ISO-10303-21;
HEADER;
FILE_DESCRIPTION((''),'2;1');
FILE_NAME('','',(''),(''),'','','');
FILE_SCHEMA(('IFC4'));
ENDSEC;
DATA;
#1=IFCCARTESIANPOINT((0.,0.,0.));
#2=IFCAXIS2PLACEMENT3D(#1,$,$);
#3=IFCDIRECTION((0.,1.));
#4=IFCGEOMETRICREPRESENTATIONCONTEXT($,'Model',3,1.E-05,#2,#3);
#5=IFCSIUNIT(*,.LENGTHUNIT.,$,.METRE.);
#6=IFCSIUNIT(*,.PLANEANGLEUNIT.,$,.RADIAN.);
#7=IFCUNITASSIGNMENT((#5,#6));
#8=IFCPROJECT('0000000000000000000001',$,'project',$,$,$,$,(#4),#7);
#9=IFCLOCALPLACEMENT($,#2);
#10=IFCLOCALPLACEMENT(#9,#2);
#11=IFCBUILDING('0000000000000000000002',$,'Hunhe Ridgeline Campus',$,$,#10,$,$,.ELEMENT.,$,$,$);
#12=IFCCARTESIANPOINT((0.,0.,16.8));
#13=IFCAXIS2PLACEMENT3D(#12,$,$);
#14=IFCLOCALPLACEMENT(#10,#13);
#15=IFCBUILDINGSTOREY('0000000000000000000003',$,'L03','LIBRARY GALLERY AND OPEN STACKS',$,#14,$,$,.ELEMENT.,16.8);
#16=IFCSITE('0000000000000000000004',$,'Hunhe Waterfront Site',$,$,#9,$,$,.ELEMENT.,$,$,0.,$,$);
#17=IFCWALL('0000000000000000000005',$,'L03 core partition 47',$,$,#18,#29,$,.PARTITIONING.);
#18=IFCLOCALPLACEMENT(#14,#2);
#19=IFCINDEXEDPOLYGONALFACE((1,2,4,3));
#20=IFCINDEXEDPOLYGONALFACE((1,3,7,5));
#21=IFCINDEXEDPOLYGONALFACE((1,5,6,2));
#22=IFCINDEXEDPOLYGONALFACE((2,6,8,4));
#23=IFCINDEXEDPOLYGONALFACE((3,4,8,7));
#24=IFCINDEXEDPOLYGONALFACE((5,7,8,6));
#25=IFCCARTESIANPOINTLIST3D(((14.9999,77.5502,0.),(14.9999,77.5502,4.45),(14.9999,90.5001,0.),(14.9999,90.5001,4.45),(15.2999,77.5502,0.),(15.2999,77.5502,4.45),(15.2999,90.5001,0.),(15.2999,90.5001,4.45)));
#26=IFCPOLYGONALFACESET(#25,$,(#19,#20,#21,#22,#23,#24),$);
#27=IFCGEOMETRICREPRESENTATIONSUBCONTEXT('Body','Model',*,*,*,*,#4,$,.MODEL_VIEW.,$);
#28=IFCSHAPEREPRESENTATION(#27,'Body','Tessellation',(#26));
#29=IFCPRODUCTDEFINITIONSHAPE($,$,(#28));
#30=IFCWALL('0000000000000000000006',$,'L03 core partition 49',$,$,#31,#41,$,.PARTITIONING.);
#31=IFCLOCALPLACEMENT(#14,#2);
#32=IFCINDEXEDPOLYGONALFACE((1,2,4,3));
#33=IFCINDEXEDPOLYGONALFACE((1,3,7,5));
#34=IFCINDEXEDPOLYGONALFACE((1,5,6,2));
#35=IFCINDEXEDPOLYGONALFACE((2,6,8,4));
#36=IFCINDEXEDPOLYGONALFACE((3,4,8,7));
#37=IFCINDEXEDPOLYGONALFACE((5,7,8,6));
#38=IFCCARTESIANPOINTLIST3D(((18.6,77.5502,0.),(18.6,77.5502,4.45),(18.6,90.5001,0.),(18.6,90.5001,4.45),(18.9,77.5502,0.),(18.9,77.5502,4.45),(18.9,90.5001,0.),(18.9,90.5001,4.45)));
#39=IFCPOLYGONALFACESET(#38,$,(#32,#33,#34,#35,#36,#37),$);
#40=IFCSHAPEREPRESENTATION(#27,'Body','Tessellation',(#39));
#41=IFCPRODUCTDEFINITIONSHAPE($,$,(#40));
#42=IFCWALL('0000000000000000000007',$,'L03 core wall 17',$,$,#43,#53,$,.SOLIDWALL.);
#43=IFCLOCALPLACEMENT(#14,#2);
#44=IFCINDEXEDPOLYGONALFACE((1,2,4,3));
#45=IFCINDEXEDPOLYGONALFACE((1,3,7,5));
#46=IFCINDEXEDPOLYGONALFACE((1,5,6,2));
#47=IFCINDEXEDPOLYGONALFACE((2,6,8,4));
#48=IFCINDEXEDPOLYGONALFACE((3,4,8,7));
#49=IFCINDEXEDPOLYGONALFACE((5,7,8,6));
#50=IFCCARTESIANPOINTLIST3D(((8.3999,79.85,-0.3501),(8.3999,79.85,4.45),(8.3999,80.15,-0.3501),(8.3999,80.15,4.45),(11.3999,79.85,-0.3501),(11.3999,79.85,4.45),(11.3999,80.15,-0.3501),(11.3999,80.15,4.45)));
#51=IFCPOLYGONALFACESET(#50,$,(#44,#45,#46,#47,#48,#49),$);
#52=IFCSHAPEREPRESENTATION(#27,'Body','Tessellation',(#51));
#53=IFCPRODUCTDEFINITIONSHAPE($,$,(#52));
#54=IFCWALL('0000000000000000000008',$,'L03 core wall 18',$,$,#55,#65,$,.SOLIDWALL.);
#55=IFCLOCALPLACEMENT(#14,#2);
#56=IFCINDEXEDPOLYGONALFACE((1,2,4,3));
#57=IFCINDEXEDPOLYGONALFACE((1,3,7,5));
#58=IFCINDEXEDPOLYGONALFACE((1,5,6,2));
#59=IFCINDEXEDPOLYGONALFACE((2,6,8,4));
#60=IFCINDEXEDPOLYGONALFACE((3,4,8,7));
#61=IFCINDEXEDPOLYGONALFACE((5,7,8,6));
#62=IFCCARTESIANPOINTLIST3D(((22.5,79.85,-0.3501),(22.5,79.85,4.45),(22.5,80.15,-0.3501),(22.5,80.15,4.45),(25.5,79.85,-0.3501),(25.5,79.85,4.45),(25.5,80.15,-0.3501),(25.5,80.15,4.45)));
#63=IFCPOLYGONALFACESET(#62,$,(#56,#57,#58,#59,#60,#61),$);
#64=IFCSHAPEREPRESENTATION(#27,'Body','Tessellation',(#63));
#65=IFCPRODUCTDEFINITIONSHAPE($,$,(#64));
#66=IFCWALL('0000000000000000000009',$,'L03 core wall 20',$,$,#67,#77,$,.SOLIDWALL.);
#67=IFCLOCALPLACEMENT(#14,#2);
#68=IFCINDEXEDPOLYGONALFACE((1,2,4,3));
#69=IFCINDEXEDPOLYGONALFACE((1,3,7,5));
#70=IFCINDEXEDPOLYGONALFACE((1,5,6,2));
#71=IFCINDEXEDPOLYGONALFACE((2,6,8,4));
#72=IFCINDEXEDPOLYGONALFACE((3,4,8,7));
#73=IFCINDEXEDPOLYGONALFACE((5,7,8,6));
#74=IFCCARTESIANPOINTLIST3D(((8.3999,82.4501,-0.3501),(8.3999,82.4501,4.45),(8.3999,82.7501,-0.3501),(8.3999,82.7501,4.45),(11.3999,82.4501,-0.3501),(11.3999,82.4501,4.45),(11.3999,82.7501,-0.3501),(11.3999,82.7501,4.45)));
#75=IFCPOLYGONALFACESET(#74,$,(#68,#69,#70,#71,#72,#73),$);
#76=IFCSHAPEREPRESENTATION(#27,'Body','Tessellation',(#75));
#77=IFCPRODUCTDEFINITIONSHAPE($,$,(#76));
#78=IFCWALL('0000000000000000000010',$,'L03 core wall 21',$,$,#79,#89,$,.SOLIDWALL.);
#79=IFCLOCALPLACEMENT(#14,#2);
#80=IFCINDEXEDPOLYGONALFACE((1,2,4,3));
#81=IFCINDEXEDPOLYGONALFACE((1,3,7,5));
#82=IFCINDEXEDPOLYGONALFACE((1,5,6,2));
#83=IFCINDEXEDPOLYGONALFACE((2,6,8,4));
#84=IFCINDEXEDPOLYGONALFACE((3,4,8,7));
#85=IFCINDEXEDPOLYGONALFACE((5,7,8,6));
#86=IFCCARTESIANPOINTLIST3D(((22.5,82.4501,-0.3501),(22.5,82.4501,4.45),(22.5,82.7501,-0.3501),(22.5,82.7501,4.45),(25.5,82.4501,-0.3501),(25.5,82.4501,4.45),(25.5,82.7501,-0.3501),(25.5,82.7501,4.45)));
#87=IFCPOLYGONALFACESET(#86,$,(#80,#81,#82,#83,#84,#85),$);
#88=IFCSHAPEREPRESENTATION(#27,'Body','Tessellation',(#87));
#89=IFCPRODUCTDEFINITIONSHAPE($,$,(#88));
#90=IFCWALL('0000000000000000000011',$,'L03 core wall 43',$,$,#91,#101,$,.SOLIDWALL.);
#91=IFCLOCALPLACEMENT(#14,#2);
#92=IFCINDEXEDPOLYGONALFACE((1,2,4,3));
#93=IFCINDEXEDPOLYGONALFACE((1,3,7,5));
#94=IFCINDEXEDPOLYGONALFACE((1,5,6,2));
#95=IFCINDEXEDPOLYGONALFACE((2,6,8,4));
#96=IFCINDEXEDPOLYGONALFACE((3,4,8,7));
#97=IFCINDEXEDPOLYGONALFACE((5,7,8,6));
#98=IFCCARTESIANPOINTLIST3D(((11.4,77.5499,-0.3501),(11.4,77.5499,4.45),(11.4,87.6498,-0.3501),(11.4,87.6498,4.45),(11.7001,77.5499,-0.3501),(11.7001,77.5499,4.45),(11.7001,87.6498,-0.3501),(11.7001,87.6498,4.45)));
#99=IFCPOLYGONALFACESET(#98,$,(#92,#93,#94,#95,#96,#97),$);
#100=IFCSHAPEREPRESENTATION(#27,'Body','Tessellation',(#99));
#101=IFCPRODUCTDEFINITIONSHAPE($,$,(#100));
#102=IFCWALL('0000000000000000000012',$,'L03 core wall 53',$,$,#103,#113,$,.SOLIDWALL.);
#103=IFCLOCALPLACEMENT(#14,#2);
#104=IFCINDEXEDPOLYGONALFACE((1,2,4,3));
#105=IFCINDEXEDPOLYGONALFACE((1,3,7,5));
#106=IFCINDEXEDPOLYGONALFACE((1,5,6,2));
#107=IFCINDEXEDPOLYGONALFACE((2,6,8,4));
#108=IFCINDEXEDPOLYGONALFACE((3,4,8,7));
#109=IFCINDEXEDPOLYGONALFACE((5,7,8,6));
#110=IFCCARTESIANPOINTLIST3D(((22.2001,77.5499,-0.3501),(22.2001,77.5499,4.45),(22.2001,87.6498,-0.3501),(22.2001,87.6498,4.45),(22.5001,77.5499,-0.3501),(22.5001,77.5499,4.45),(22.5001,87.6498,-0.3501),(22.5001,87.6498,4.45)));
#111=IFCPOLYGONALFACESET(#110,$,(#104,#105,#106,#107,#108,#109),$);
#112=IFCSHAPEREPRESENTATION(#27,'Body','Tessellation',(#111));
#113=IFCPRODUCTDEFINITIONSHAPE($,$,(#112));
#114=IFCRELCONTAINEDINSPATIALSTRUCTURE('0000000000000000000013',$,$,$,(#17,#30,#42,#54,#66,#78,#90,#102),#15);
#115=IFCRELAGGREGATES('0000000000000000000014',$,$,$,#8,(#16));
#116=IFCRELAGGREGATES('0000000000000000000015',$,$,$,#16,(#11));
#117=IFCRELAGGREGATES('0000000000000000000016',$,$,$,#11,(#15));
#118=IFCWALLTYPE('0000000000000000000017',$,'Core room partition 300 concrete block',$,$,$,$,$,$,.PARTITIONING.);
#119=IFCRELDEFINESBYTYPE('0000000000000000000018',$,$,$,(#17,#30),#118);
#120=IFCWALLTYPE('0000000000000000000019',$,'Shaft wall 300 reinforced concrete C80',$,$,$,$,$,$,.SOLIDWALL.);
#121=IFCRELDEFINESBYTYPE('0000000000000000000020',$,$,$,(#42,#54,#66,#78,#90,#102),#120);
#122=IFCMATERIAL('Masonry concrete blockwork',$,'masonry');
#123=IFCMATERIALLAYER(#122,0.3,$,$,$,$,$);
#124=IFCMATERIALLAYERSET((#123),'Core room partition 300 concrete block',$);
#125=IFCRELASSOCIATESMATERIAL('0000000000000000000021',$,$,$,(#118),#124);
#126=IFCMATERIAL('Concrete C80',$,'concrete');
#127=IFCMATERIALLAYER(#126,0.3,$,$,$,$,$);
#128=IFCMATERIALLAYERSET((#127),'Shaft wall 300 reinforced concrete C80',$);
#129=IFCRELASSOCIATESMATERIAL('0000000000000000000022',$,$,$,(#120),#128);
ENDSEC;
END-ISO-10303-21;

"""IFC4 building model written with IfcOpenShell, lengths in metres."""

from ifc_helpers import new_model, si_unit, direction, frame, frame_2d, origin, place, context, subcontext, project, spatial, rectangle, extrude, material, layer, layer_set, type_object, element, save


model = new_model("IFC4")

# Units and contexts
model_context = context("Model", 3, precision=1e-05, world=origin(), true_north=direction((0.0, 1.0)))
body_context = subcontext(model_context, "Body", "Model", "MODEL_VIEW")
ifc_project = project(units=[si_unit("LENGTHUNIT", "METRE"), si_unit("PLANEANGLEUNIT", "RADIAN")], contexts=[model_context])

# Site, building, storey
site_placement = place(None, origin())
site = spatial("IfcSite", under=ifc_project, at=site_placement, Name="Hunhe Waterfront Site", CompositionType="ELEMENT", RefElevation=0.0)
building_placement = place(site_placement, origin())
building = spatial("IfcBuilding", under=site, at=building_placement, Name="Hunhe Ridgeline Campus", CompositionType="ELEMENT")
storey_placement = place(building_placement, frame((0.0, 0.0, 16.8)))
storey = spatial("IfcBuildingStorey", under=building, at=storey_placement, Name="L03", Description="LIBRARY GALLERY AND OPEN STACKS", CompositionType="ELEMENT", Elevation=16.8)

# Shared definitions
ifc_material_1 = material(Name="Masonry concrete blockwork", Category="masonry")
ifc_layer_1 = layer(ifc_material_1, 0.3)
ifc_layer_set_1 = layer_set([ifc_layer_1], Name="Core room partition 300 concrete block")
wall_type_1 = type_object("IfcWallType", Name="Core room partition 300 concrete block", PredefinedType="PARTITIONING", material=ifc_layer_set_1)

# Walls
for number, where, z_axis, x_axis, name in (
    (1, (15.1499, 77.55, 0.0), (0.0, 0.0, 1.0), (0.0, 1.0, 0.0), "L03 core partition 47"),
    (2, (18.75, 77.55, 0.0), (0.0, 0.0, 1.0), (0.0, 1.0, 0.0), "L03 core partition 49"),
):
    element("IfcWall", number, at=place(storey_placement, frame(where, z_axis=z_axis, x_axis=x_axis)), inside=storey, type_object=wall_type_1, Name=name, PredefinedType="PARTITIONING", context=body_context, shape_type="SweptSolid", body=[
        extrude(rectangle(XDim=12.95, YDim=0.3, at=frame_2d((6.4751, 0.0))), origin(), (0.0, 0.0, 1.0), 4.45),
    ])
ifc_material_2 = material(Name="Concrete C80", Category="concrete")
ifc_layer_2 = layer(ifc_material_2, 0.3)
ifc_layer_set_2 = layer_set([ifc_layer_2], Name="Shaft wall 300 reinforced concrete C80")
wall_type_2 = type_object("IfcWallType", Name="Shaft wall 300 reinforced concrete C80", PredefinedType="SOLIDWALL", material=ifc_layer_set_2)
for number, where, z_axis, x_axis, name in (
    (3, (8.3999, 80.0, -0.3501), (0.0, 0.0, 1.0), (1.0, 0.0, 0.0), "L03 core wall 17"),
    (4, (22.5, 80.0, -0.3501), (0.0, 0.0, 1.0), (1.0, 0.0, 0.0), "L03 core wall 18"),
    (5, (8.3999, 82.6001, -0.3501), (0.0, 0.0, 1.0), (1.0, 0.0, 0.0), "L03 core wall 20"),
    (6, (22.5, 82.6001, -0.3501), (0.0, 0.0, 1.0), (1.0, 0.0, 0.0), "L03 core wall 21"),
):
    element("IfcWall", number, at=place(storey_placement, frame(where, z_axis=z_axis, x_axis=x_axis)), inside=storey, type_object=wall_type_2, Name=name, PredefinedType="SOLIDWALL", context=body_context, shape_type="SweptSolid", body=[
        extrude(rectangle(XDim=3.0, YDim=0.3, at=frame_2d((1.5, 0.0))), origin(), (0.0, 0.0, 1.0), 4.8),
    ])
for number, where, z_axis, x_axis, name in (
    (7, (11.55, 77.55, -0.3501), (0.0, 0.0, 1.0), (0.0, 1.0, 0.0), "L03 core wall 43"),
    (8, (22.3501, 77.55, -0.3501), (0.0, 0.0, 1.0), (0.0, 1.0, 0.0), "L03 core wall 53"),
):
    element("IfcWall", number, at=place(storey_placement, frame(where, z_axis=z_axis, x_axis=x_axis)), inside=storey, type_object=wall_type_2, Name=name, PredefinedType="SOLIDWALL", context=body_context, shape_type="SweptSolid", body=[
        extrude(rectangle(XDim=10.0999, YDim=0.3, at=frame_2d((5.0498, 0.0))), origin(), (0.0, 0.0, 1.0), 4.8),
    ])

save(model, "model.ifc")
